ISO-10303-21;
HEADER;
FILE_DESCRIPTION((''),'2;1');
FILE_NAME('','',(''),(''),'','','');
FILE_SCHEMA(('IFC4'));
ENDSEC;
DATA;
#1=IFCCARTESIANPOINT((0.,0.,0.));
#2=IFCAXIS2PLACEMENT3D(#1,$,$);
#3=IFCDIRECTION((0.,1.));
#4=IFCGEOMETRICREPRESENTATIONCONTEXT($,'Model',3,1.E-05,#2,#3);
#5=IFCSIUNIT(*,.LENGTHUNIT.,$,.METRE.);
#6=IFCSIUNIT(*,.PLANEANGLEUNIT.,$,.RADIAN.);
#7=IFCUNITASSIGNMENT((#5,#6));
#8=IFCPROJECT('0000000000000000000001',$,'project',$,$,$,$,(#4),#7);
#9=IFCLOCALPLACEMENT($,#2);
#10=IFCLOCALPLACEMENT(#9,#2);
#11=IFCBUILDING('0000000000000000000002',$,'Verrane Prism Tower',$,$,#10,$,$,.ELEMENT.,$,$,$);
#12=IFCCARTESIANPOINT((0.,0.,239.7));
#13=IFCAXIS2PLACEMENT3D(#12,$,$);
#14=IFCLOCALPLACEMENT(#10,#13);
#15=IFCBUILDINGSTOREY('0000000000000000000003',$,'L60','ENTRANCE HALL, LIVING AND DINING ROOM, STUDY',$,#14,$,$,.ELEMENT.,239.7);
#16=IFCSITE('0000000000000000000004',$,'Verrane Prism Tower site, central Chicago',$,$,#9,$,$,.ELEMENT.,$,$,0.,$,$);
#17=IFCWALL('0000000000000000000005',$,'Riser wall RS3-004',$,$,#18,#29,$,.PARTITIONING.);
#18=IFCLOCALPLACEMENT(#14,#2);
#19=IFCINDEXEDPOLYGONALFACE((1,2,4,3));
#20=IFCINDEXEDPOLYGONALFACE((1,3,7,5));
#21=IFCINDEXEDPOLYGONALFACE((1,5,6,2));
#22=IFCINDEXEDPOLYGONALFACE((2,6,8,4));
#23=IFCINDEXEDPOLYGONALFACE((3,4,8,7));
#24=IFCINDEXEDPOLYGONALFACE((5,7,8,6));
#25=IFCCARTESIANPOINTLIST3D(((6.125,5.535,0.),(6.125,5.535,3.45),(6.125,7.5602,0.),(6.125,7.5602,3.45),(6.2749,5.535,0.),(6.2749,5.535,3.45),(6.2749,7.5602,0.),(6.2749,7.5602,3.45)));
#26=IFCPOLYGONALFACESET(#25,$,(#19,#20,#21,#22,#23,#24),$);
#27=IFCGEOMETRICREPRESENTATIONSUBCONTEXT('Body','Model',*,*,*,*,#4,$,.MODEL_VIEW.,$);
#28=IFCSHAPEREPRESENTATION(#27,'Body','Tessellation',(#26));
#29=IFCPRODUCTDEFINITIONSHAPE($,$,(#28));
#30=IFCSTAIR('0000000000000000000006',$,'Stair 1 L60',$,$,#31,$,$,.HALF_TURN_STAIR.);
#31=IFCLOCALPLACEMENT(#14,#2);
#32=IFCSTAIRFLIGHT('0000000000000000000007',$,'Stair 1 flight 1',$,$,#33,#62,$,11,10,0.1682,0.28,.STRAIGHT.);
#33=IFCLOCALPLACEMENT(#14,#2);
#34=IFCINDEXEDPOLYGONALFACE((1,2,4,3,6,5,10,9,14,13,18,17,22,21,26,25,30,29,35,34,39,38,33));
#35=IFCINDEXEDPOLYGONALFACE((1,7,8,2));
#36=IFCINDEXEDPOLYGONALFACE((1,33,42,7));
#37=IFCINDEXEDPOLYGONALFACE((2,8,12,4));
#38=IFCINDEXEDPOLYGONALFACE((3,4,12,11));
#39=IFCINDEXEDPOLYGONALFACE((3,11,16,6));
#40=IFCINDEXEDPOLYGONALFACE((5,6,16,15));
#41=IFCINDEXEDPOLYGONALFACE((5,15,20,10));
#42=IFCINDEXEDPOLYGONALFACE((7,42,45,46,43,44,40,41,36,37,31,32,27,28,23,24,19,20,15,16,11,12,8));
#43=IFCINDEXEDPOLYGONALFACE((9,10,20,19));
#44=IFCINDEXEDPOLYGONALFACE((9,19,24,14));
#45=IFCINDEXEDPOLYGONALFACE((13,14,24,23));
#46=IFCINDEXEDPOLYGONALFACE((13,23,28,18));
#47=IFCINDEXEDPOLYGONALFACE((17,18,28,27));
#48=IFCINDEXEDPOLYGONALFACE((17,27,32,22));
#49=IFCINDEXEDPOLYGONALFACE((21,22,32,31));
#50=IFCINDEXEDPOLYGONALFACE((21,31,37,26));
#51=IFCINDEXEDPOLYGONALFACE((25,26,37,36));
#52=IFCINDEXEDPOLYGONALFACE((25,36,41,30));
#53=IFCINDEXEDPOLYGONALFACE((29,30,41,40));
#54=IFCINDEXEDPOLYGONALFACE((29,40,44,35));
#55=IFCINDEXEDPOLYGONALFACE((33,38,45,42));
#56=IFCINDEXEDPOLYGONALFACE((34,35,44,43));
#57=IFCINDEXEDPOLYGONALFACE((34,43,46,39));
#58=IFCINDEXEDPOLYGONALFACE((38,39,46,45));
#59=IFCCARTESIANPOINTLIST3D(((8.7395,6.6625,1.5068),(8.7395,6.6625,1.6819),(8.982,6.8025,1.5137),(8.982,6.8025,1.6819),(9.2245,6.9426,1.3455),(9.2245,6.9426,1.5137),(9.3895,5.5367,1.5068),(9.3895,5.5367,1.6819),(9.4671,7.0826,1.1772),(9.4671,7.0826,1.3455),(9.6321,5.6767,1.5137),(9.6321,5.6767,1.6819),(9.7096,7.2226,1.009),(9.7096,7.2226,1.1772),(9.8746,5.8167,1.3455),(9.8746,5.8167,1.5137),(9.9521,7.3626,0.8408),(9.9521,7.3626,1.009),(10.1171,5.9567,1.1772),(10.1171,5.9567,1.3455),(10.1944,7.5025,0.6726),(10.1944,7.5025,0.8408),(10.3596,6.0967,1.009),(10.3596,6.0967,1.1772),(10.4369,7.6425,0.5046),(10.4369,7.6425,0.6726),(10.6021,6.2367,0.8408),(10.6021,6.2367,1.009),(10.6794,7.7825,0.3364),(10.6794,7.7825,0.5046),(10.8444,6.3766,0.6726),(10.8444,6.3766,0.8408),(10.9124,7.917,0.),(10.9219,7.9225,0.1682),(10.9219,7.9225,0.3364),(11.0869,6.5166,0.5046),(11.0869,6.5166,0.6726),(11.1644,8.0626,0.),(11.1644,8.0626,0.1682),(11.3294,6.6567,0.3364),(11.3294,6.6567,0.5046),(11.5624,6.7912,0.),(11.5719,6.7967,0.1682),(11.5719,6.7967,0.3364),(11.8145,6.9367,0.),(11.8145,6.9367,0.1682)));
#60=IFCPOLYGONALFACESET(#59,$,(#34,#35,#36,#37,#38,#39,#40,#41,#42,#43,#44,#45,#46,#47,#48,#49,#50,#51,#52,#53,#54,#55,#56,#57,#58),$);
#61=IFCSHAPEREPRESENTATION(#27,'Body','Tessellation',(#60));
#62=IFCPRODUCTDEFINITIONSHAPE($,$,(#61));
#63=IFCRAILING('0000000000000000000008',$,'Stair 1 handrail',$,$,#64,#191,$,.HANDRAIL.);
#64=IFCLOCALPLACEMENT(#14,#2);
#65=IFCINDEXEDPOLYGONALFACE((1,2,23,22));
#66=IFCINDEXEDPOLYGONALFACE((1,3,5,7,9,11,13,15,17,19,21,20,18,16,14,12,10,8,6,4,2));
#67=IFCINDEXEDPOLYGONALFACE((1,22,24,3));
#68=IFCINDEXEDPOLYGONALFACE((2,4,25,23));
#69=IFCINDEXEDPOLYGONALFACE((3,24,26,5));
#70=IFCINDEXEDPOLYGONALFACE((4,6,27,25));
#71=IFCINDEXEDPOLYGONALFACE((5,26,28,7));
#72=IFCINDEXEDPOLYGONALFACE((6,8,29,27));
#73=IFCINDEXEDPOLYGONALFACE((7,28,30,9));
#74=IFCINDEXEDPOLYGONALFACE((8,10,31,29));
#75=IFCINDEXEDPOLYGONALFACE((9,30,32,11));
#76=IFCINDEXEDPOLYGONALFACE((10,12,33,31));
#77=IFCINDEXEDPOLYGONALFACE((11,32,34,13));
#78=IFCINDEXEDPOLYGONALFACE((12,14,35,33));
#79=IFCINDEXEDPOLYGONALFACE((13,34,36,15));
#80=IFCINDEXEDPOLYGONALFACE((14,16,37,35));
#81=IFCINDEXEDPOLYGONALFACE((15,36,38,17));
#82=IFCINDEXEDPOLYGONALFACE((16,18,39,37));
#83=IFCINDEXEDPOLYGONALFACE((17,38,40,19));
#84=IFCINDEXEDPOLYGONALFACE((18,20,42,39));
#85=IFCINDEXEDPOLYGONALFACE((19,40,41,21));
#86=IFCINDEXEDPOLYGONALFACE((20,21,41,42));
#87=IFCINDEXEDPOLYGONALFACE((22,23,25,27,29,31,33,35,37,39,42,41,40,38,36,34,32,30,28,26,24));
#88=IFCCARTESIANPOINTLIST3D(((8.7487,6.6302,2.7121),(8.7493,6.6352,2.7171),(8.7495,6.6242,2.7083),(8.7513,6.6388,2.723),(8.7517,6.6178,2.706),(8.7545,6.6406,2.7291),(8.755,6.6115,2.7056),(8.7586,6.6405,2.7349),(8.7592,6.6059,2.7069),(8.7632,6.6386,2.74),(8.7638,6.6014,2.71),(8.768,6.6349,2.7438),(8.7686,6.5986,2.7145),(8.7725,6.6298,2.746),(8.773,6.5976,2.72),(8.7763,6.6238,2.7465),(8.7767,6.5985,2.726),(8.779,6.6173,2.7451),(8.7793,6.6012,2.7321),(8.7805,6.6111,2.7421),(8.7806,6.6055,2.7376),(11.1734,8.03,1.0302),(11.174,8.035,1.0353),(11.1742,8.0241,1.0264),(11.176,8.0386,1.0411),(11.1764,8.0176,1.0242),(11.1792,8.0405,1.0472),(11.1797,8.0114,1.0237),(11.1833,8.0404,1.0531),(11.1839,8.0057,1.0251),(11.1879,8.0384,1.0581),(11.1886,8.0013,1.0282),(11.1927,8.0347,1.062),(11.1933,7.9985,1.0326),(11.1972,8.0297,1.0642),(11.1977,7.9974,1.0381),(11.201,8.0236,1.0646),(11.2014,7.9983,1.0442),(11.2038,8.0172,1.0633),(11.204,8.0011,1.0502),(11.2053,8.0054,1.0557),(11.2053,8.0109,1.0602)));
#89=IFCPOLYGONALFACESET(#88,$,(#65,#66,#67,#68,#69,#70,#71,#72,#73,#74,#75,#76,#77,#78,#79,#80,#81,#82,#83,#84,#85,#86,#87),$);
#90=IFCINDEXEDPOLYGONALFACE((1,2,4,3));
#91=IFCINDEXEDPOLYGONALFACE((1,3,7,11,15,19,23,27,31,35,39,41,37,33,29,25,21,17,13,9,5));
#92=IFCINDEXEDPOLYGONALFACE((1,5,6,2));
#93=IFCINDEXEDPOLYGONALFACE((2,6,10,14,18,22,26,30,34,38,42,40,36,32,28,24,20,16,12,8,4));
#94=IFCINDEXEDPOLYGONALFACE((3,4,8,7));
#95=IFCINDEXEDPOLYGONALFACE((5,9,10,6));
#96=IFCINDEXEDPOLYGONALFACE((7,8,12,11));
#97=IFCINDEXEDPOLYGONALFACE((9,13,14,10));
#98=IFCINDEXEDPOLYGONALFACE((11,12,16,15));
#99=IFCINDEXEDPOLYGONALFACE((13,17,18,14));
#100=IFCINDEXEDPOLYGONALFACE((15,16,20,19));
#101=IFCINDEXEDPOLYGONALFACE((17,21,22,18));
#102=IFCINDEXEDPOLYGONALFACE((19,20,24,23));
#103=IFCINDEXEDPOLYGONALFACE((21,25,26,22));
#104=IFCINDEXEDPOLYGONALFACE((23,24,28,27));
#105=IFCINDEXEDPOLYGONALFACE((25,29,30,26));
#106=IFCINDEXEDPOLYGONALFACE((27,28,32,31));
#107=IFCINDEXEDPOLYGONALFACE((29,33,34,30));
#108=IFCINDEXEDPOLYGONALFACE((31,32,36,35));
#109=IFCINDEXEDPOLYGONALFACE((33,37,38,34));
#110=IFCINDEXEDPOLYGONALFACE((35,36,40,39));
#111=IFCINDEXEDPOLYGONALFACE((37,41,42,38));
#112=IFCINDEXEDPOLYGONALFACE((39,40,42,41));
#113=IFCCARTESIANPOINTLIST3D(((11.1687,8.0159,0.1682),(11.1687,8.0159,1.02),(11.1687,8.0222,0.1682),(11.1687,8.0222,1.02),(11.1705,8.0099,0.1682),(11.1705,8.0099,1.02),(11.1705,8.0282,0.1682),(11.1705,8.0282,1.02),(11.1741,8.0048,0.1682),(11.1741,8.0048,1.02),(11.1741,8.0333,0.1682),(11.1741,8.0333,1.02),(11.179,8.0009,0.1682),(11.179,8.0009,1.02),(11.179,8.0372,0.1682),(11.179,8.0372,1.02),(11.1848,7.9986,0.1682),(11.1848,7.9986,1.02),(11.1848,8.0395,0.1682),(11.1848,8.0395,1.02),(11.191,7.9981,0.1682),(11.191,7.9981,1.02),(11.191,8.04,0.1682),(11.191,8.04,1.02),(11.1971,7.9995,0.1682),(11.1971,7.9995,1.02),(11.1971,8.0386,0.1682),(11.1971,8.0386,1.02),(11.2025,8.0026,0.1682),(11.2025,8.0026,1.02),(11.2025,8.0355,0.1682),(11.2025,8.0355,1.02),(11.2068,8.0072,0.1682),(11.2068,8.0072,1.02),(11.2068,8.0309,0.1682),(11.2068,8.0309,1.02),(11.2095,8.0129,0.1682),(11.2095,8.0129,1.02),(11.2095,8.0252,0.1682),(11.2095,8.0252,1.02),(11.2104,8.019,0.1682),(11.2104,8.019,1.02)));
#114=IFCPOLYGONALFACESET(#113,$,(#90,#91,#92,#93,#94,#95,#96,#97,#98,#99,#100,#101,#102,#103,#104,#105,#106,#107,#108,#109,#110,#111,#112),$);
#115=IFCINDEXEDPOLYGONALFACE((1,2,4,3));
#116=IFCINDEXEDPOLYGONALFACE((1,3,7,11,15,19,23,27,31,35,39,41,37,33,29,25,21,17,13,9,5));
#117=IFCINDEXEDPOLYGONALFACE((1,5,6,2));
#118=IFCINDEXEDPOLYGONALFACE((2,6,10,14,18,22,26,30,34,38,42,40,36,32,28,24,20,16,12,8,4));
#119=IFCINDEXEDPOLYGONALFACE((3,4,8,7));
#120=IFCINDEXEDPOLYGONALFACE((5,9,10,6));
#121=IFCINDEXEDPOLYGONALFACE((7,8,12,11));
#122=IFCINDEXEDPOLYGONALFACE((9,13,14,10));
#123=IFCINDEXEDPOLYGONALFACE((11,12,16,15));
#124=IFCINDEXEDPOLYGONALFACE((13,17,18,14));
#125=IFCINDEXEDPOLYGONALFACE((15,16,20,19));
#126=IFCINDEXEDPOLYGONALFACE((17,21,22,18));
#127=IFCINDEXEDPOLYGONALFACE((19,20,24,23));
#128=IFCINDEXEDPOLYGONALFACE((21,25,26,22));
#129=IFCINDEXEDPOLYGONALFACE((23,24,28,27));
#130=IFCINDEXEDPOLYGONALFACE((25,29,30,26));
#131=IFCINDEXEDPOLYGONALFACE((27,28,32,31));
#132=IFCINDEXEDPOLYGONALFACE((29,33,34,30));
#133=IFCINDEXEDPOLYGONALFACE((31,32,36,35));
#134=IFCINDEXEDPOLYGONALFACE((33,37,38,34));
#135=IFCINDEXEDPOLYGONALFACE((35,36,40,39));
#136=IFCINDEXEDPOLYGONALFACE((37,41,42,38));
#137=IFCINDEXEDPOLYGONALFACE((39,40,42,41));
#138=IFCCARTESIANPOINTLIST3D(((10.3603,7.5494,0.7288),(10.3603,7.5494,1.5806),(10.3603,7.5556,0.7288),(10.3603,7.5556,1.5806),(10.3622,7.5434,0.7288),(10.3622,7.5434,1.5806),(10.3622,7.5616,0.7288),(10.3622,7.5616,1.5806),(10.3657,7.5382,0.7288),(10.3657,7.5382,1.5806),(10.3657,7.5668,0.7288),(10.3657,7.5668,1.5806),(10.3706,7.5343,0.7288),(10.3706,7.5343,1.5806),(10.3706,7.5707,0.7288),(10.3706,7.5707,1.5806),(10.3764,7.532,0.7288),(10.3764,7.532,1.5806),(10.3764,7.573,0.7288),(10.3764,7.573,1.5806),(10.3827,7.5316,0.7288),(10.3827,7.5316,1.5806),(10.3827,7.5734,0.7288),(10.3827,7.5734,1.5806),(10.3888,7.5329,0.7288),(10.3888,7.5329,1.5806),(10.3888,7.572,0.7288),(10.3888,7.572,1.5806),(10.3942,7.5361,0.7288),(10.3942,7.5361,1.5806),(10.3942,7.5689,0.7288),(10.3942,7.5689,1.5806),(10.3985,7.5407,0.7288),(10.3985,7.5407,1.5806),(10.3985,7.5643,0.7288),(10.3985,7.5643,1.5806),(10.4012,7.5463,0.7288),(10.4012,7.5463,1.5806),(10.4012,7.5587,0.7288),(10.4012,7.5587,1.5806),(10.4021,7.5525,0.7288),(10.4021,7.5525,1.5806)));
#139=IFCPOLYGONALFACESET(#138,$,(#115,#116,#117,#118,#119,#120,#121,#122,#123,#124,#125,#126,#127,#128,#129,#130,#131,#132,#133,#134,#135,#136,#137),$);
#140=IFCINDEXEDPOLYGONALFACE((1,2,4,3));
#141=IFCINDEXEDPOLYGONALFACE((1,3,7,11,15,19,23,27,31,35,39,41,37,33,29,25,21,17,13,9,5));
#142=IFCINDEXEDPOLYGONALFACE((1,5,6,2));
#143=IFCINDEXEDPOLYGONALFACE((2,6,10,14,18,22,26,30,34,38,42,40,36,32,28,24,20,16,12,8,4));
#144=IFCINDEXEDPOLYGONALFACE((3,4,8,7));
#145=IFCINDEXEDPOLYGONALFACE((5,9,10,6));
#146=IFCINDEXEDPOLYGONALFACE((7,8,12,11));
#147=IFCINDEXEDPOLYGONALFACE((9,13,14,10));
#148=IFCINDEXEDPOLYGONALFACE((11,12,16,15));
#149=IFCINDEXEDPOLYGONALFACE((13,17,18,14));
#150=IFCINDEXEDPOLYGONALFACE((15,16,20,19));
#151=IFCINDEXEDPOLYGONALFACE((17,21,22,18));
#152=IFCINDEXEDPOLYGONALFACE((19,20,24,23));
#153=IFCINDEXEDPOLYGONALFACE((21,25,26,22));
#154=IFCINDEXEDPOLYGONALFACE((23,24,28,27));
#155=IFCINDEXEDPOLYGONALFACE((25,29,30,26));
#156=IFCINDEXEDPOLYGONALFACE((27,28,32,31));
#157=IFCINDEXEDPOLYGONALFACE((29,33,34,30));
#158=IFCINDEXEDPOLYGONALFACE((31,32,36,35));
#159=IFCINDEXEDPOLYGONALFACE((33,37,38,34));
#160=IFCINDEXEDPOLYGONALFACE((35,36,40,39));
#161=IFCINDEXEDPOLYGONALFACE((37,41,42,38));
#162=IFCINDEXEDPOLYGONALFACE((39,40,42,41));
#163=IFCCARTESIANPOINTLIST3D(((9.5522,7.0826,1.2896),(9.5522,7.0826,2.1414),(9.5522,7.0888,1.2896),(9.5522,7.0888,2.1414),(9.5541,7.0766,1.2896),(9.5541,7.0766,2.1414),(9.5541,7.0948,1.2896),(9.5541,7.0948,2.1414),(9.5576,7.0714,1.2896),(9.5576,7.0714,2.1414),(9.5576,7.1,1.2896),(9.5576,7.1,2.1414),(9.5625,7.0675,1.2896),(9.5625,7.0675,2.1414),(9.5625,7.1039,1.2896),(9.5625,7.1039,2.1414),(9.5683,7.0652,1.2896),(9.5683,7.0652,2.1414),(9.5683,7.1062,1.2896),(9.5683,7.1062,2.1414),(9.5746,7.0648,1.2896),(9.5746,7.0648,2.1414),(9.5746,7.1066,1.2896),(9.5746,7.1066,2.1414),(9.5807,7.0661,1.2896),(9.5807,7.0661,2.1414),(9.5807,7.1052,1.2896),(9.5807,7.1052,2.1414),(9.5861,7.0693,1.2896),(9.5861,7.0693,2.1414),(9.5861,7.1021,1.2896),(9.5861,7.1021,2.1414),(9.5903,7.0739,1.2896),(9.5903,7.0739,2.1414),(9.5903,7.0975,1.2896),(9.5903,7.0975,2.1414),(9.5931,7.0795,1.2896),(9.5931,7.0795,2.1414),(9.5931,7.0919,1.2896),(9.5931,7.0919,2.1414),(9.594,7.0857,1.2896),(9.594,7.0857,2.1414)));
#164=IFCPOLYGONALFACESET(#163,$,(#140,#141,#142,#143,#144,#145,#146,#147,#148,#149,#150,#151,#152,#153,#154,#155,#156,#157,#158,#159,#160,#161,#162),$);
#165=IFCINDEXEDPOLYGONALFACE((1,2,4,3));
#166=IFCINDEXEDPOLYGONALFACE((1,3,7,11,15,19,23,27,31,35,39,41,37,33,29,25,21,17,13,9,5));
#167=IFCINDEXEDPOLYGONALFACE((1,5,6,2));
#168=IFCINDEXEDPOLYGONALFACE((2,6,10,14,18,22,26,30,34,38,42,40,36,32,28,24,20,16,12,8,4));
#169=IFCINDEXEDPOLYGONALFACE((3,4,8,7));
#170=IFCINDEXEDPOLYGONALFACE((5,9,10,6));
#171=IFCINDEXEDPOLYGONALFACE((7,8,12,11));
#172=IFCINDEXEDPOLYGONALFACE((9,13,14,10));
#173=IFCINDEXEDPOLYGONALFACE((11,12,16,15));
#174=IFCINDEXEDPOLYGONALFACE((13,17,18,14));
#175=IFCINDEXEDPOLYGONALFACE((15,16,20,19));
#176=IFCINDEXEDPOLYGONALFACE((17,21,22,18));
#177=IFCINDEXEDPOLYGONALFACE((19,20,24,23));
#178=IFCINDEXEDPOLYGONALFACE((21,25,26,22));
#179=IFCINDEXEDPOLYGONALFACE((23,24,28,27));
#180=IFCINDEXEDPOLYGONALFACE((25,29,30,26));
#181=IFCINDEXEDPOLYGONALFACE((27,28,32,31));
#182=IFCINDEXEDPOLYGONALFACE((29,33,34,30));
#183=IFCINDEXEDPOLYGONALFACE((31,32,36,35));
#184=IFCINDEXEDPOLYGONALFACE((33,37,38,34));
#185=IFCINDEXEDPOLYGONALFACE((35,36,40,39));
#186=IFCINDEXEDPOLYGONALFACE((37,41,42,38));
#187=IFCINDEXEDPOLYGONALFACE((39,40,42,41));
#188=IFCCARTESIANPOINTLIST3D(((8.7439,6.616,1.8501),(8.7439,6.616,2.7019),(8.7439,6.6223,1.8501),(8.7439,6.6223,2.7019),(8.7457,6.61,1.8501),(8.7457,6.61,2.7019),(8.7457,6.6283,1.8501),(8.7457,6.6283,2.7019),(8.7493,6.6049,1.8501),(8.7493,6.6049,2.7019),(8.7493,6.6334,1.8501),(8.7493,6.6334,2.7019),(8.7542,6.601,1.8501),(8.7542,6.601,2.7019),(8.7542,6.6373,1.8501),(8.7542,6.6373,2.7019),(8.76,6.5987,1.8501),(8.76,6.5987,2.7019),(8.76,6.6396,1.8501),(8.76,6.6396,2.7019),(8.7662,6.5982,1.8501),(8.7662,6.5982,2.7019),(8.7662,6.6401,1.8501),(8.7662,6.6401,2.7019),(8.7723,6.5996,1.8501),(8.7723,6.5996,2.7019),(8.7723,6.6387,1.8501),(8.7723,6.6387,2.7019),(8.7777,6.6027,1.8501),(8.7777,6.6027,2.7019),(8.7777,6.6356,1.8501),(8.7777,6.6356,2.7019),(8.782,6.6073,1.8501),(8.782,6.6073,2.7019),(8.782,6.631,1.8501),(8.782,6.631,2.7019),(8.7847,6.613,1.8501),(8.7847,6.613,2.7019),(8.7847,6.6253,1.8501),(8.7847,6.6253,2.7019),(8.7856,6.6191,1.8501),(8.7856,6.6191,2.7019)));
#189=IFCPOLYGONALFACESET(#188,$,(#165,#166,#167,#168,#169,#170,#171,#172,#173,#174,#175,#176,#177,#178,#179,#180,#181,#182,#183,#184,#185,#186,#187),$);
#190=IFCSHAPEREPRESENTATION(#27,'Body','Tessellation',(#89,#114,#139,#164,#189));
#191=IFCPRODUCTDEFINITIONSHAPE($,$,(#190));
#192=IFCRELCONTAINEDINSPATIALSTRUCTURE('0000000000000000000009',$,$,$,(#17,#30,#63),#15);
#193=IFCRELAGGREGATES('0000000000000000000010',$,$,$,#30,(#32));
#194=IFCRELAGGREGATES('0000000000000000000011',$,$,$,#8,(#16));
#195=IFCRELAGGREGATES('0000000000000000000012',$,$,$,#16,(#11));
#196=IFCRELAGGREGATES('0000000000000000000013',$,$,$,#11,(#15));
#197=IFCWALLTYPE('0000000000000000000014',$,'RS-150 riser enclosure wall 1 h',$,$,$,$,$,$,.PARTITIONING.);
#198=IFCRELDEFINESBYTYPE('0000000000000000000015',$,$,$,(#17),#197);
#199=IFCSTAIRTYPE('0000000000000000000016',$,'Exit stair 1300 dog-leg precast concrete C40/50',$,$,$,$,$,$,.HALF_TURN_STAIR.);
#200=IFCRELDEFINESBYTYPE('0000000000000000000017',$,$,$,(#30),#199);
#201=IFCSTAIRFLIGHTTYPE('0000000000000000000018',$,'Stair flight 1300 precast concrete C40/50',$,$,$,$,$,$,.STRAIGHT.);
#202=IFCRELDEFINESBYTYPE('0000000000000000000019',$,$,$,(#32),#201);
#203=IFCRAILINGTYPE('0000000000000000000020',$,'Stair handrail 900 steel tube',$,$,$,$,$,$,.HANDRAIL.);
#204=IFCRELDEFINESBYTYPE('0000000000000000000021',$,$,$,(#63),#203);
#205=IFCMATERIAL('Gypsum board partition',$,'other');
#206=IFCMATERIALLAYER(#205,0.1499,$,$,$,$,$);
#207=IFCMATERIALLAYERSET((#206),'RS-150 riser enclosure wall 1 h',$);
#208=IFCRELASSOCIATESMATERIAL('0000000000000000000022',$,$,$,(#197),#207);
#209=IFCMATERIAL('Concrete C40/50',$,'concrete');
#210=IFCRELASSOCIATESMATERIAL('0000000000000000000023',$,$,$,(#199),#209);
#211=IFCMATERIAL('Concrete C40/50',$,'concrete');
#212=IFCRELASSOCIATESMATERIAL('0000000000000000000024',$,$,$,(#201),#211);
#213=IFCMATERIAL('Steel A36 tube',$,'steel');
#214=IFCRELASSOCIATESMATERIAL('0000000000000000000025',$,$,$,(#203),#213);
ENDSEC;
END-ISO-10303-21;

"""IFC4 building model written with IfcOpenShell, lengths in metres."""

from ifc_helpers import new_model, si_unit, direction, frame, frame_2d, origin, origin_2d, place, context, subcontext, project, spatial, polyline, rectangle, circle, outline, extrude, material, layer, layer_set, type_object, element, aggregate, save


model = new_model("IFC4")

# Units and contexts
model_context = context("Model", 3, precision=1e-05, world=origin(), true_north=direction((0.0, 1.0)))
body_context = subcontext(model_context, "Body", "Model", "MODEL_VIEW")
ifc_project = project(units=[si_unit("LENGTHUNIT", "METRE"), si_unit("PLANEANGLEUNIT", "RADIAN")], contexts=[model_context])

# Site, building, storey
site_placement = place(None, origin())
site = spatial("IfcSite", under=ifc_project, at=site_placement, Name="Verrane Prism Tower site, central Chicago", CompositionType="ELEMENT", RefElevation=0.0)
building_placement = place(site_placement, origin())
building = spatial("IfcBuilding", under=site, at=building_placement, Name="Verrane Prism Tower", CompositionType="ELEMENT")
storey_placement = place(building_placement, frame((0.0, 0.0, 239.7)))
storey = spatial("IfcBuildingStorey", under=building, at=storey_placement, Name="L60", Description="ENTRANCE HALL, LIVING AND DINING ROOM, STUDY", CompositionType="ELEMENT", Elevation=239.7)

# Shared definitions
ifc_material_1 = material(Name="Gypsum board partition", Category="other")
ifc_layer_1 = layer(ifc_material_1, 0.1499)
ifc_layer_set_1 = layer_set([ifc_layer_1], Name="RS-150 riser enclosure wall 1 h")
wall_type_1 = type_object("IfcWallType", Name="RS-150 riser enclosure wall 1 h", PredefinedType="PARTITIONING", material=ifc_layer_set_1)

# Wall
wall_1_placement = place(storey_placement, frame((6.2, 5.5349, 0.0), z_axis=(0.0, 0.0, 1.0), x_axis=(0.0, 1.0, 0.0)))
element("IfcWall", 1, at=wall_1_placement, inside=storey, type_object=wall_type_1, Name="Riser wall RS3-004", PredefinedType="PARTITIONING", context=body_context, shape_type="SweptSolid", body=[
    extrude(rectangle(XDim=2.0251, YDim=0.1499, at=frame_2d((1.0127, 0.0))), origin(), (0.0, 0.0, 1.0), 3.45),
])

# Stair, stair flight
ifc_material_2 = material(Name="Concrete C40/50", Category="concrete")
stair_type = type_object("IfcStairType", Name="Exit stair 1300 dog-leg precast concrete C40/50", PredefinedType="HALF_TURN_STAIR", material=ifc_material_2)
stair_placement = place(storey_placement, origin())
stair = element("IfcStair", 2, at=stair_placement, inside=storey, type_object=stair_type, Name="Stair 1 L60", PredefinedType="HALF_TURN_STAIR")
ifc_material_3 = material(Name="Concrete C40/50", Category="concrete")
stair_flight_type = type_object("IfcStairFlightType", Name="Stair flight 1300 precast concrete C40/50", PredefinedType="STRAIGHT", material=ifc_material_3)
stair_flight_placement = place(storey_placement, frame((11.4895, 7.4995, 0.0), z_axis=(0.0, 0.0, 1.0), x_axis=(-0.866025, -0.5, 0.0)))
stair_flight = element("IfcStairFlight", 3, at=stair_flight_placement, type_object=stair_flight_type, Name="Stair 1 flight 1", NumberOfRisers=11, NumberOfTreads=10, PredefinedType="STRAIGHT", RiserHeight=0.1682, TreadLength=0.28, context=body_context, shape_type="SweptSolid", body=[
    extrude(outline(polyline([(0.0, 0.0), (0.0, 0.1682), (0.28, 0.1682), (0.28, 0.3364), (0.5601, 0.3364), (0.5601, 0.5046), (0.8401, 0.5046), (0.8401, 0.6726), (1.1201, 0.6726), (1.1201, 0.8408), (1.3999, 0.8408), (1.3999, 1.009), (1.6799, 1.009), (1.6799, 1.1772), (1.96, 1.1772), (1.96, 1.3455), (2.24, 1.3455), (2.24, 1.5137), (2.52, 1.5137), (2.52, 1.6819), (2.8, 1.6819), (2.8, 1.8501), (2.8, 1.5068), (0.291, 0.0), (0.0, 0.0)])), frame((0.0, 0.6499, 0.0), z_axis=(0.0, -1.0, 0.0), x_axis=(1.0, 0.0, 0.0)), (0.0, 0.0, 1.0), 1.3),
])
aggregate(stair, [stair_flight])

# Railing
ifc_material_4 = material(Name="Steel A36 tube", Category="steel")
railing_type_1 = type_object("IfcRailingType", Name="Stair handrail 900 steel tube", PredefinedType="HANDRAIL", material=ifc_material_4)
railing_1_placement = place(storey_placement, frame((11.1895, 8.019, 0.1682)))
element("IfcRailing", 4, at=railing_1_placement, inside=storey, type_object=railing_type_1, Name="Stair 1 handrail", PredefinedType="HANDRAIL", context=body_context, shape_type="SweptSolid", body=[
    extrude(circle(Radius=0.0239, at=origin_2d()), frame((0.0, 0.0, 0.876), z_axis=(-0.74239, -0.428601, 0.514934), x_axis=(0.499984, -0.866035, 0.0)), (0.0, 0.0, 1.0), 3.2661),
    extrude(circle(Radius=0.021, at=origin_2d()), origin(), (0.0, 0.0, 1.0), 0.8518),
    extrude(circle(Radius=0.021, at=origin_2d()), frame((-0.8083, -0.4666, 0.5605)), (0.0, 0.0, 1.0), 0.8518),
    extrude(circle(Radius=0.021, at=origin_2d()), frame((-1.6165, -0.9333, 1.1213)), (0.0, 0.0, 1.0), 0.8518),
    extrude(circle(Radius=0.021, at=origin_2d()), frame((-2.4248, -1.3999, 1.6819)), (0.0, 0.0, 1.0), 0.8518),
])

save(model, "model.ifc")
